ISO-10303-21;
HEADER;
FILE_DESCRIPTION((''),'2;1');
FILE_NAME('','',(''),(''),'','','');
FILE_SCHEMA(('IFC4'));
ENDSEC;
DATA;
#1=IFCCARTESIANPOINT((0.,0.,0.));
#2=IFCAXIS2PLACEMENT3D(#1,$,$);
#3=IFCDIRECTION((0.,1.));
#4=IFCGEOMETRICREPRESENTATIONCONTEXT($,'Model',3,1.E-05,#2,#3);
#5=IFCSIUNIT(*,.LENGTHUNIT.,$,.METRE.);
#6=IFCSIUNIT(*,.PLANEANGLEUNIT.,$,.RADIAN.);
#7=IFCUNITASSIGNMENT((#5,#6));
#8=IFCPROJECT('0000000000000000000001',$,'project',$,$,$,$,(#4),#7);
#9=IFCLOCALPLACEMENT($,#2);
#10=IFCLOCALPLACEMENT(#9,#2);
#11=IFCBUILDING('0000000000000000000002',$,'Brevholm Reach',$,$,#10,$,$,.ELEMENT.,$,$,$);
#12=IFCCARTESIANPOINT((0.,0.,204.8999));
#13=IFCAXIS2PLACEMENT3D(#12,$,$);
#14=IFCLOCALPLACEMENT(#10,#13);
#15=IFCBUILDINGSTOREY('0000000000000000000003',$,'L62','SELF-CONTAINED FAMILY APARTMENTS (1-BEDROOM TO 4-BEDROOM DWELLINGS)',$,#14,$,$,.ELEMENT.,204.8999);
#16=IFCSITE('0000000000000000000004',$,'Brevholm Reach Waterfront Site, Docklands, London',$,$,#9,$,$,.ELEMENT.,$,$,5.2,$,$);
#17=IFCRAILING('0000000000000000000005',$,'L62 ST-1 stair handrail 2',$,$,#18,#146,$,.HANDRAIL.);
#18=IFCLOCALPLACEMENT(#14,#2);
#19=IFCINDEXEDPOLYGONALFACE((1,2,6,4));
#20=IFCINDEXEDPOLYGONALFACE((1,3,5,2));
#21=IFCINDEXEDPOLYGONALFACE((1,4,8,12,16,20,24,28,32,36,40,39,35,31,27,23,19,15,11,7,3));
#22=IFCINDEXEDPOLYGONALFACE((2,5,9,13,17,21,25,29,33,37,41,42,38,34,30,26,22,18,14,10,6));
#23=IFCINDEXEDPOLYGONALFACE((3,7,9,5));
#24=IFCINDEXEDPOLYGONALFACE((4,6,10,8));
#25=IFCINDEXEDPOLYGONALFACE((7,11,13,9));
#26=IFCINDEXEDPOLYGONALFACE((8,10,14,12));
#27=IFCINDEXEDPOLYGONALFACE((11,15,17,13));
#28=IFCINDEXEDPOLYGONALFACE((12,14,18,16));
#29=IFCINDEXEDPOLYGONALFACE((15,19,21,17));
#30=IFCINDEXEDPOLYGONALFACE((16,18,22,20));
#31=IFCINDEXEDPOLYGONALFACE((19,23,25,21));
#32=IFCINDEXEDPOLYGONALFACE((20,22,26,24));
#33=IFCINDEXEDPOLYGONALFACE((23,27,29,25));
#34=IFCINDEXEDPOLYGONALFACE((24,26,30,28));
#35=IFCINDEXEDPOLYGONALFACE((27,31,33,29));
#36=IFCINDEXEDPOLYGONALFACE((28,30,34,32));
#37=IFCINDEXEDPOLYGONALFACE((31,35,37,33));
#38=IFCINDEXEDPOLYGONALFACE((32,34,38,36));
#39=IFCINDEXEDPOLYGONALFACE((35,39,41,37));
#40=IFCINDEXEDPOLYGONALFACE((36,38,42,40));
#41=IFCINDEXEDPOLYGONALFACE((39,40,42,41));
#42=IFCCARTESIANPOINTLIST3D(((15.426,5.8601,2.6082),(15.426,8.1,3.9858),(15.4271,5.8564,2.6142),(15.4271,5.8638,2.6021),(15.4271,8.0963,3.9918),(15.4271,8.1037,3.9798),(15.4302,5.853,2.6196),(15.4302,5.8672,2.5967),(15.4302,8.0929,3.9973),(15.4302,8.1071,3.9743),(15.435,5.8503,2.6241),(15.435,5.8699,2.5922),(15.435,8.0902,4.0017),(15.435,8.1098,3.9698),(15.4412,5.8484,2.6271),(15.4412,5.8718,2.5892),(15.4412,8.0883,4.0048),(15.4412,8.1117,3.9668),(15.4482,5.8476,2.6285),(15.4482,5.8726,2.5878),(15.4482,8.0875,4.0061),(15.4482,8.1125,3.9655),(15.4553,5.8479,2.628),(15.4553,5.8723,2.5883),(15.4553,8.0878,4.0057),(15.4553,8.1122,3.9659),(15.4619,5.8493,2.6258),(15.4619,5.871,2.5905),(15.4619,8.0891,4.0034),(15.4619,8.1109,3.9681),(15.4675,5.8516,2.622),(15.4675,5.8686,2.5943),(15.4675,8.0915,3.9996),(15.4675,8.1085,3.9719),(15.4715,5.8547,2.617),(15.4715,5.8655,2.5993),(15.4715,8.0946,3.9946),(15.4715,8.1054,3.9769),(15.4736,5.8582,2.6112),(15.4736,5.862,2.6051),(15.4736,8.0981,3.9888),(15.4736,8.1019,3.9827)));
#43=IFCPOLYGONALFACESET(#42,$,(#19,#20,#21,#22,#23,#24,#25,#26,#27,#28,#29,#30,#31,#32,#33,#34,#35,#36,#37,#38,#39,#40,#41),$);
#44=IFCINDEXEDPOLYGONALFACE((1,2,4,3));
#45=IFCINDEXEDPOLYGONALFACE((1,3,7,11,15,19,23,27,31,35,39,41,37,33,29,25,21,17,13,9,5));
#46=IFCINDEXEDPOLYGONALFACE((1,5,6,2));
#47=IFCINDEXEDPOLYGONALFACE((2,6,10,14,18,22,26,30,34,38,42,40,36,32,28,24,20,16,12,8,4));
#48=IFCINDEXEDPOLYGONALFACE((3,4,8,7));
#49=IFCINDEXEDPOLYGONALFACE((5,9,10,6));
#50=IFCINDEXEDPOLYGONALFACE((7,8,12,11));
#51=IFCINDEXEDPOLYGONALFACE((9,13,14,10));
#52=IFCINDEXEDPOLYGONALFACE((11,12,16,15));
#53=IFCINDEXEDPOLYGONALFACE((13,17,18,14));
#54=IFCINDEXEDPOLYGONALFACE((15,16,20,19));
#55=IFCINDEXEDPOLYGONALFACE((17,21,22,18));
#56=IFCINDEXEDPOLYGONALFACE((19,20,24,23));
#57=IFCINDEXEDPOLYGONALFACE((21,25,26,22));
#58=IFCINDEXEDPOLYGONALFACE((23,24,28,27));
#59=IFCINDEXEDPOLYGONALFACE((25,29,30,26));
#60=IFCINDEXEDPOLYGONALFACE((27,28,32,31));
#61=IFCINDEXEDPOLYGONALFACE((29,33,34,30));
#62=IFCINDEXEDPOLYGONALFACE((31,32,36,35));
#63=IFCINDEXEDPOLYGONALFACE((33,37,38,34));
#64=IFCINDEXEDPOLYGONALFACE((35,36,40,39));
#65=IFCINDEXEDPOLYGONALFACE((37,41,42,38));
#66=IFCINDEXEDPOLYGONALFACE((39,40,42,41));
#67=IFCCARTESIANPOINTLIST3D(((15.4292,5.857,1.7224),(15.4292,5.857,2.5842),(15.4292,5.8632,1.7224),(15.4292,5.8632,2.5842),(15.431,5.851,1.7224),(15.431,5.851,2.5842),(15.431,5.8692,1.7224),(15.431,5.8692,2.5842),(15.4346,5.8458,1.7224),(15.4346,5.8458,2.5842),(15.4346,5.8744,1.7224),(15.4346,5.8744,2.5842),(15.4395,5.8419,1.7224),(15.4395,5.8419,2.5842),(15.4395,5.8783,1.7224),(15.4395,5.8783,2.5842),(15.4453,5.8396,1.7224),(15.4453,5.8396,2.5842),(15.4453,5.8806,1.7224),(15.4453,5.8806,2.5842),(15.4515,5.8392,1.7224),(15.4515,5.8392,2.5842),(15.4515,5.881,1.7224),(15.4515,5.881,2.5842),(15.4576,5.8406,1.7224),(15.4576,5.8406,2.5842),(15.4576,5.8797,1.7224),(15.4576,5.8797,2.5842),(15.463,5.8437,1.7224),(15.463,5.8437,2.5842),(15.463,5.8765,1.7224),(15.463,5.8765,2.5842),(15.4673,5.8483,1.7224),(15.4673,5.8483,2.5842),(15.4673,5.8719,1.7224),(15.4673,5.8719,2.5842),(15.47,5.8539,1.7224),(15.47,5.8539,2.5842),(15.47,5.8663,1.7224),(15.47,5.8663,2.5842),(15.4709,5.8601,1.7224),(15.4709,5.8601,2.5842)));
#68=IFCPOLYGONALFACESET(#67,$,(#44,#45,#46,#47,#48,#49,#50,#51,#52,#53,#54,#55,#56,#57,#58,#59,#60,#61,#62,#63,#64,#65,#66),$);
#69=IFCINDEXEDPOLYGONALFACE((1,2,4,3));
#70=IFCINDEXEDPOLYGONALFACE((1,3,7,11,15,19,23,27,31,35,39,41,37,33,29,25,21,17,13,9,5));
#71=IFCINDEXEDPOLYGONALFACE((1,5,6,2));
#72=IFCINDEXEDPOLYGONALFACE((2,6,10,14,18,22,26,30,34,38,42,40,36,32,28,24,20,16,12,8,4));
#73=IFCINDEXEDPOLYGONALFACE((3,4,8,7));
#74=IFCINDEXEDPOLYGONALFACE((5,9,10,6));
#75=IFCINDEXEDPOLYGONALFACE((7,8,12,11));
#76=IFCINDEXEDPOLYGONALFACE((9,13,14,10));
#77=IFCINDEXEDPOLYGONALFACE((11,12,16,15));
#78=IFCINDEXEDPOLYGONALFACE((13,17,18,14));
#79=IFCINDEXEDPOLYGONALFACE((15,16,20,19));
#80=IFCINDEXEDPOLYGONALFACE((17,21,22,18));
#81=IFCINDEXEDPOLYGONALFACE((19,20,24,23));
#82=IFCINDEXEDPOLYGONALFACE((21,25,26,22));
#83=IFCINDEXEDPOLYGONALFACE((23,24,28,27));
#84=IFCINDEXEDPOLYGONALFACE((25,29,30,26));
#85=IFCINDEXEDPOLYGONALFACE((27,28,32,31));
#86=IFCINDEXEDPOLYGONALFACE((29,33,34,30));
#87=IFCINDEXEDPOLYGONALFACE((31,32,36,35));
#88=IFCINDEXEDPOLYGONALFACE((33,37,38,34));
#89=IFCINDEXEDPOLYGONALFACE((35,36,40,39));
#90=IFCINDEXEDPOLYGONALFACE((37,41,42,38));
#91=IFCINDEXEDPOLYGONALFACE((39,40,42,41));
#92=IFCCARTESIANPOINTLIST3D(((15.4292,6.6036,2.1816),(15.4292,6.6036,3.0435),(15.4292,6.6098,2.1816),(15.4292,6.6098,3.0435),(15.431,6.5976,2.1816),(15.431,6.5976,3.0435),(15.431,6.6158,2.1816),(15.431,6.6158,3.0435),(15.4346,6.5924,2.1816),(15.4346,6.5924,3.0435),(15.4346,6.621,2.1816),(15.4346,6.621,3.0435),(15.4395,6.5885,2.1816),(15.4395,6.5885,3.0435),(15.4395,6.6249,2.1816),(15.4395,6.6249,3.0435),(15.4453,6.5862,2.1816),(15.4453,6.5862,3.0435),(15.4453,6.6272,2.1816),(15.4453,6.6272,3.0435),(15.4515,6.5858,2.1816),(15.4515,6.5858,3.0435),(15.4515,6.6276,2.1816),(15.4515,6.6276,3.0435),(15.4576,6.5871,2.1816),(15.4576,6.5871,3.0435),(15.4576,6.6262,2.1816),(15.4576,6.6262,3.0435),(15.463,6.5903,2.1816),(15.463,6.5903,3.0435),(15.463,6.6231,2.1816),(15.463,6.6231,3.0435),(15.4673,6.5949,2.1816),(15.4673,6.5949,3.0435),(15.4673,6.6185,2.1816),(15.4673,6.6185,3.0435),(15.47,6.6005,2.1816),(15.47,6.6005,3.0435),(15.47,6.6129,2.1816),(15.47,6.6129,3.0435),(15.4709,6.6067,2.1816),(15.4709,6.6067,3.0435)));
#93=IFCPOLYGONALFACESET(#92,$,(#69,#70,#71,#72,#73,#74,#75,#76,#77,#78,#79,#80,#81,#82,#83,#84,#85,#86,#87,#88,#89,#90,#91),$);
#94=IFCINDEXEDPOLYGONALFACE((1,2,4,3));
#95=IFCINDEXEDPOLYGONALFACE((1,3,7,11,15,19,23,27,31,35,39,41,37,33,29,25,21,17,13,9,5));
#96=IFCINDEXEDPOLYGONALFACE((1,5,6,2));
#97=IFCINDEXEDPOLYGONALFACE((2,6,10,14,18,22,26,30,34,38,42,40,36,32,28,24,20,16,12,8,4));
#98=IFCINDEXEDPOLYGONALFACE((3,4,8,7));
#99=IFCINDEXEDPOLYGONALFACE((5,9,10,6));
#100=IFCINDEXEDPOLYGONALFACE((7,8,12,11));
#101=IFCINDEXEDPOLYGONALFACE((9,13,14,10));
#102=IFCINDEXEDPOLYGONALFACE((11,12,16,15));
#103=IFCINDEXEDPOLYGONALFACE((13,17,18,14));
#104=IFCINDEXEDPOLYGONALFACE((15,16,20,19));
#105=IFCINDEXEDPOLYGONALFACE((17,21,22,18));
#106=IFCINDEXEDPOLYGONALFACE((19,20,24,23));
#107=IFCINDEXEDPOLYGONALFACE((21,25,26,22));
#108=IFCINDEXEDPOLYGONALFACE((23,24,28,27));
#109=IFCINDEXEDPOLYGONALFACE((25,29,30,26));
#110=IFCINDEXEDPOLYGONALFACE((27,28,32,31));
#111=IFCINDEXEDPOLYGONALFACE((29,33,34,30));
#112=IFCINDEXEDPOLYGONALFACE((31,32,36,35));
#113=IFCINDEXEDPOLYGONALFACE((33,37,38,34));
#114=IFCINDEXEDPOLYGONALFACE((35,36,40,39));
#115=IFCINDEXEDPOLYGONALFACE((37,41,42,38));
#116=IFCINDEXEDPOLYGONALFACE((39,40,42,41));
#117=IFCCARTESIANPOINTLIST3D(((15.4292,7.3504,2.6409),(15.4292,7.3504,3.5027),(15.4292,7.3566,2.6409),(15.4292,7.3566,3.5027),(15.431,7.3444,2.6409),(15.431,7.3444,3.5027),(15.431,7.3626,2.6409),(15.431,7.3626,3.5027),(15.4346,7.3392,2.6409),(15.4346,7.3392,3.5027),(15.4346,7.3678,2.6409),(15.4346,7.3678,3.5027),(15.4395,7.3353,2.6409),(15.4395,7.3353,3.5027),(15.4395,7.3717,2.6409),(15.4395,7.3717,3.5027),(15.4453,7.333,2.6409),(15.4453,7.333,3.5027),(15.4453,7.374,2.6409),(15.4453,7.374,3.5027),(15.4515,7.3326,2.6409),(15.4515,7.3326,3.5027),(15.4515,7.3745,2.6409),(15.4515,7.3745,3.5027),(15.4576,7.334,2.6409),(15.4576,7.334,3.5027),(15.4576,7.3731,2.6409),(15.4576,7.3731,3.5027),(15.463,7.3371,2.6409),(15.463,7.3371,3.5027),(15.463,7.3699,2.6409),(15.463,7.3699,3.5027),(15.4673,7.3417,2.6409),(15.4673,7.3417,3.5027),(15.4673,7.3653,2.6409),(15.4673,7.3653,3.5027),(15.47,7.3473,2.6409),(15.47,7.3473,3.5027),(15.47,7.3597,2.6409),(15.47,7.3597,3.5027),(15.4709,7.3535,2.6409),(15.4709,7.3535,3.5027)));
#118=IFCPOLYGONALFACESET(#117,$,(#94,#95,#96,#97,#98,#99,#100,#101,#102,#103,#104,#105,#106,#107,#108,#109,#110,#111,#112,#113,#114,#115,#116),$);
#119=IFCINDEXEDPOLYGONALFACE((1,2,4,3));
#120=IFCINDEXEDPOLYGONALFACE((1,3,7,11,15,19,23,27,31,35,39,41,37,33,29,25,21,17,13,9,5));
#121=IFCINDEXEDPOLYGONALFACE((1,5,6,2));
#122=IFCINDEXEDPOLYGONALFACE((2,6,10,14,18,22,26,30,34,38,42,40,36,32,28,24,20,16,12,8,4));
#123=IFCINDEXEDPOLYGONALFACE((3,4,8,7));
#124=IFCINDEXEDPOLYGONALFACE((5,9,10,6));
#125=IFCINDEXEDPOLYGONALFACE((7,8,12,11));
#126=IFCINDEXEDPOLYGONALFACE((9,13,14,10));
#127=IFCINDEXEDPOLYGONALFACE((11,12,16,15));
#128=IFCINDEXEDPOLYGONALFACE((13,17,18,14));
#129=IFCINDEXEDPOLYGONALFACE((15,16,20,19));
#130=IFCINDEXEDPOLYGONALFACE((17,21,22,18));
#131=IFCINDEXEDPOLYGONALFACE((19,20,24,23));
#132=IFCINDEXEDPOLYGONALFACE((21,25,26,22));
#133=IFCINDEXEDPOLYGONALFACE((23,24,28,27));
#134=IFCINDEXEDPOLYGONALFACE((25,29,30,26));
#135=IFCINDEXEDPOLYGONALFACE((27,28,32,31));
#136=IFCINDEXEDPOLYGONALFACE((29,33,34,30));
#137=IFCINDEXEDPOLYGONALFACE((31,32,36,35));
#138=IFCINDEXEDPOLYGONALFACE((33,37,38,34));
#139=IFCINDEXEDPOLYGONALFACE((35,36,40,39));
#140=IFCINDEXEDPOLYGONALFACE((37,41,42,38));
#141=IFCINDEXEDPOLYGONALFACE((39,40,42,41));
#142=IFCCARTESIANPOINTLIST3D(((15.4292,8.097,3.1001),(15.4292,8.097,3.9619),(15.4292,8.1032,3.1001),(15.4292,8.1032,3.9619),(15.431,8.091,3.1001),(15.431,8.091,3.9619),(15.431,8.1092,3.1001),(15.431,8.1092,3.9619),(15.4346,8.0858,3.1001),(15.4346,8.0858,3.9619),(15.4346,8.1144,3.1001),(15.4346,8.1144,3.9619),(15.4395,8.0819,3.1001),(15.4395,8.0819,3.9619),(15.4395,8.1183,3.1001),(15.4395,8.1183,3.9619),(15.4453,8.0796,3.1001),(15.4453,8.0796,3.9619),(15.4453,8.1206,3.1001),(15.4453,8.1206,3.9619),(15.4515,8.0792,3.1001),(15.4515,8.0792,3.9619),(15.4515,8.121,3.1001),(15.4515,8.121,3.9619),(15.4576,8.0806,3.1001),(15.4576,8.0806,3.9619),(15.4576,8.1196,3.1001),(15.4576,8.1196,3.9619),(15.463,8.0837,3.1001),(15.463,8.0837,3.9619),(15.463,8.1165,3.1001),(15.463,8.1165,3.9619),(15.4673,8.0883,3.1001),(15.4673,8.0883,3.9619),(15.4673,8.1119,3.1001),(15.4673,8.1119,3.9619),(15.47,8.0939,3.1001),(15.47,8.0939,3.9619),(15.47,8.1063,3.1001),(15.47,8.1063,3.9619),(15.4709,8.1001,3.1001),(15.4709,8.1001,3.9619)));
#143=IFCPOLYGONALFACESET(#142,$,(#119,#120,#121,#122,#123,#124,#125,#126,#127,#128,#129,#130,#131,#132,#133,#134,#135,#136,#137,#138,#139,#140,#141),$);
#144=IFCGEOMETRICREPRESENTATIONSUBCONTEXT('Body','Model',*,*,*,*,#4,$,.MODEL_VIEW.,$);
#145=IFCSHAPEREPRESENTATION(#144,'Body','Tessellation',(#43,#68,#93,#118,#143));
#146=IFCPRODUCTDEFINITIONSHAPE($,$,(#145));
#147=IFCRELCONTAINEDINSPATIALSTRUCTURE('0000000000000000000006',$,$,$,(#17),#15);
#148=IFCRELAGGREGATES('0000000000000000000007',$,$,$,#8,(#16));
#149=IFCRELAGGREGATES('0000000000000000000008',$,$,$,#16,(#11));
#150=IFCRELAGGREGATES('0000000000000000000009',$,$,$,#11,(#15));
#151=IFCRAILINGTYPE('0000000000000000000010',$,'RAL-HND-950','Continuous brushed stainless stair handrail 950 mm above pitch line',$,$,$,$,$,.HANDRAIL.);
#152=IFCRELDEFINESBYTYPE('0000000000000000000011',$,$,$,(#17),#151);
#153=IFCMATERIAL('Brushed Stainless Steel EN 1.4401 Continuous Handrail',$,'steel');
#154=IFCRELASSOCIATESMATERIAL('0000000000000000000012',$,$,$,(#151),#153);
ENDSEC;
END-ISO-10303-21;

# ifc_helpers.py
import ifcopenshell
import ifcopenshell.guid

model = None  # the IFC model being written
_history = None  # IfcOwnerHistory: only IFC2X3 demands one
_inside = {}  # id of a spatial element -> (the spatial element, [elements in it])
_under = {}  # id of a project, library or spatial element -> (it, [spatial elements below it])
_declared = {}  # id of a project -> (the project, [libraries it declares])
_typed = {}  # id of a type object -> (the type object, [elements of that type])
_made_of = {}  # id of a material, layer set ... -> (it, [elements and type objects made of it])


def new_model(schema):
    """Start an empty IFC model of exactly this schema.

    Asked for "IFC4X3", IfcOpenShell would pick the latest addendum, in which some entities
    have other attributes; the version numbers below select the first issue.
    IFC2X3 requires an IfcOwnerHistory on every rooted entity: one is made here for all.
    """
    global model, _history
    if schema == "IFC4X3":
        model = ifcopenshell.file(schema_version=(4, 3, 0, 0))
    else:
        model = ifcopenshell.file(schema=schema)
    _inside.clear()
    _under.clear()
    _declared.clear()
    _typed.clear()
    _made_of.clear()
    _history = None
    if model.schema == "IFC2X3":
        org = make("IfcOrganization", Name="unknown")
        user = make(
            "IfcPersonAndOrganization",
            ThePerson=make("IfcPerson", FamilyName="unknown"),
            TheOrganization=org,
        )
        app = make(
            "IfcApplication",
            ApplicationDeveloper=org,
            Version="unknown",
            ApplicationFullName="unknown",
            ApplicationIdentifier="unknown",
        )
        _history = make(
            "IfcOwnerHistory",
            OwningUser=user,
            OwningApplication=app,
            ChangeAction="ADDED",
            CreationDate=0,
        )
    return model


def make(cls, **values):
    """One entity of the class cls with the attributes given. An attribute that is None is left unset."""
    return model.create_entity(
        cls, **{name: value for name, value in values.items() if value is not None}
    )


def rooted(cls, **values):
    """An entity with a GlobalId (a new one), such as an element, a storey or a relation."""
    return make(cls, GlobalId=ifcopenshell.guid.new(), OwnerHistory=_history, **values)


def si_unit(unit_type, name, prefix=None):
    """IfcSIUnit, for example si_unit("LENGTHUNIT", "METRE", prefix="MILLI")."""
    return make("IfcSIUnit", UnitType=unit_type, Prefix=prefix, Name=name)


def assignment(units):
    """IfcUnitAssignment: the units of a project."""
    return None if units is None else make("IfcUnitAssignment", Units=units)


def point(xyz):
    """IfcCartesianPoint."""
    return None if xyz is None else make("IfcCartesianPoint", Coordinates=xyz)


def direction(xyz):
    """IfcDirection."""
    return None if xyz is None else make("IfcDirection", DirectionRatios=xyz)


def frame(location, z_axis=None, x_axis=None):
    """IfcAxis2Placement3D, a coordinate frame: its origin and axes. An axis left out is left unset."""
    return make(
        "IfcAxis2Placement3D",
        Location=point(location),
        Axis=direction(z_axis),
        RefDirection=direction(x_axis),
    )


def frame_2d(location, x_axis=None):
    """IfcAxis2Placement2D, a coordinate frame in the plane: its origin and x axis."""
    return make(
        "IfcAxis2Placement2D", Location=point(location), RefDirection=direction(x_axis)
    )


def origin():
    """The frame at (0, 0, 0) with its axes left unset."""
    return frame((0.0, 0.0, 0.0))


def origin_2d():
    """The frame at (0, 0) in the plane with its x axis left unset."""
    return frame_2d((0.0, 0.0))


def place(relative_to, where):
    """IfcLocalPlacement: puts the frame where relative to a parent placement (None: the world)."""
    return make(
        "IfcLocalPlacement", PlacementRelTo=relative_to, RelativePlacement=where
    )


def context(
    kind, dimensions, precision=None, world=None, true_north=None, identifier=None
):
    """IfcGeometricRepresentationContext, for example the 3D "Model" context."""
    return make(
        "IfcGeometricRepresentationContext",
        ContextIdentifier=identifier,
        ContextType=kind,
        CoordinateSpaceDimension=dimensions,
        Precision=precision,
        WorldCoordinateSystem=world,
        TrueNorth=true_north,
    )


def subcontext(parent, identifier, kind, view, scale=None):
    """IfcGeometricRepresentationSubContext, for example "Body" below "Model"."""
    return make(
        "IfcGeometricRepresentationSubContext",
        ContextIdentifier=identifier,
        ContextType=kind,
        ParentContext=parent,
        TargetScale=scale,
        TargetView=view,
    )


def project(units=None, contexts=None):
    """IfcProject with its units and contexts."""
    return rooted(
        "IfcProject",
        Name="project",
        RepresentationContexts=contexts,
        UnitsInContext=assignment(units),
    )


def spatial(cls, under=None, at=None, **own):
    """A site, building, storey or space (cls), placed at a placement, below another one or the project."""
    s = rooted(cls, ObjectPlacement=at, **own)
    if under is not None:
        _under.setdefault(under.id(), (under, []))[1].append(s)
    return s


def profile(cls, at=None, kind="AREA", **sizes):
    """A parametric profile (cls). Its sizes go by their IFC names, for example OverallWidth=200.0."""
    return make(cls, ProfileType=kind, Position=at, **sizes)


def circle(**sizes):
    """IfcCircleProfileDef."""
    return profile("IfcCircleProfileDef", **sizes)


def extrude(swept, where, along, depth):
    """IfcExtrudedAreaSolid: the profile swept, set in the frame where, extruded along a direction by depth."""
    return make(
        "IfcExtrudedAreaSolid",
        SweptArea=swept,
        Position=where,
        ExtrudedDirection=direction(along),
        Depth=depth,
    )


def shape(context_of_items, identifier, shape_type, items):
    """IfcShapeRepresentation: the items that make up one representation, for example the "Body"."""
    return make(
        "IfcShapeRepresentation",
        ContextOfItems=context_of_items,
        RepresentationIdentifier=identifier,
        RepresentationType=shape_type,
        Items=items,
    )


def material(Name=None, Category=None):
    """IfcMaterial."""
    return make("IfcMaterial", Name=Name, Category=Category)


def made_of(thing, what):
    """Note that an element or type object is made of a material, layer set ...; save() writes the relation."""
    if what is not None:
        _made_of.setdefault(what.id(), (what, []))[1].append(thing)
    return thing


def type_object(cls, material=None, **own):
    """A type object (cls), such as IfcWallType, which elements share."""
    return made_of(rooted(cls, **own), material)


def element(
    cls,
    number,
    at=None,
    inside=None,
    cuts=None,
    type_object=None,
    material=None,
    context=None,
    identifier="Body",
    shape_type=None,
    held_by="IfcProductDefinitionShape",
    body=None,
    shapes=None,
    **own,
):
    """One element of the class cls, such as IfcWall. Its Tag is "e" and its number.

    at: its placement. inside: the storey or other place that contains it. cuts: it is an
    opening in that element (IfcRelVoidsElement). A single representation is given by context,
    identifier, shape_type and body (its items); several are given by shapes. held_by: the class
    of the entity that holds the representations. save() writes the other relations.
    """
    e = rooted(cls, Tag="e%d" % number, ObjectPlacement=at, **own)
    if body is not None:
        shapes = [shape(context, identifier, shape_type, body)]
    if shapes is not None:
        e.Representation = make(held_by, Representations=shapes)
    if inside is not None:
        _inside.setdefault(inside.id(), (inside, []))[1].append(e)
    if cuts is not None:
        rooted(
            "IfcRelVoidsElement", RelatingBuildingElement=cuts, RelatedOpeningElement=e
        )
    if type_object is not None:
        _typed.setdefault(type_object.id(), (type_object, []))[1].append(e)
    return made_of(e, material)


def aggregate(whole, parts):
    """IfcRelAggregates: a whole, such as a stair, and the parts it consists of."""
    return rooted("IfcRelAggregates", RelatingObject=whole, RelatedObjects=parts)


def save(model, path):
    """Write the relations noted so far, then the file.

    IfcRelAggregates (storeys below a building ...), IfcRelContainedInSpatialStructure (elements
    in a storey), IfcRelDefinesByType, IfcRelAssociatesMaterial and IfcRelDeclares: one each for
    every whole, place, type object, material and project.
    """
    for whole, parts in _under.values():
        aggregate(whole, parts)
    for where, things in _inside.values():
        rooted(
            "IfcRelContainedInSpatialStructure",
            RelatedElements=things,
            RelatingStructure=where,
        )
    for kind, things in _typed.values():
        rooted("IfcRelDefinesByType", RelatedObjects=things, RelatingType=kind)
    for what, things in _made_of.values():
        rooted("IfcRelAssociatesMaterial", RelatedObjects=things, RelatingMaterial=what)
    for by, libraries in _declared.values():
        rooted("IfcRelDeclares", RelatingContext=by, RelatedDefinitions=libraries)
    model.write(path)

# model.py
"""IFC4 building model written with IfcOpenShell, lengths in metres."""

from ifc_helpers import new_model, si_unit, direction, frame, origin, origin_2d, place, context, subcontext, project, spatial, circle, extrude, material, type_object, element, save


model = new_model("IFC4")

# Units and contexts
model_context = context("Model", 3, precision=1e-05, world=origin(), true_north=direction((0.0, 1.0)))
body_context = subcontext(model_context, "Body", "Model", "MODEL_VIEW")
ifc_project = project(units=[si_unit("LENGTHUNIT", "METRE"), si_unit("PLANEANGLEUNIT", "RADIAN")], contexts=[model_context])

# Site, building, storey
site_placement = place(None, origin())
site = spatial("IfcSite", under=ifc_project, at=site_placement, Name="Brevholm Reach Waterfront Site, Docklands, London", CompositionType="ELEMENT", RefElevation=5.2)
building_placement = place(site_placement, origin())
building = spatial("IfcBuilding", under=site, at=building_placement, Name="Brevholm Reach", CompositionType="ELEMENT")
storey_placement = place(building_placement, frame((0.0, 0.0, 204.8999)))
storey = spatial("IfcBuildingStorey", under=building, at=storey_placement, Name="L62", Description="SELF-CONTAINED FAMILY APARTMENTS (1-BEDROOM TO 4-BEDROOM DWELLINGS)", CompositionType="ELEMENT", Elevation=204.8999)

# Railing
ifc_material_1 = material(Name="Brushed Stainless Steel EN 1.4401 Continuous Handrail", Category="steel")
railing_type_1 = type_object("IfcRailingType", Name="RAL-HND-950", Description="Continuous brushed stainless stair handrail 950 mm above pitch line", PredefinedType="HANDRAIL", material=ifc_material_1)
railing_1_placement = place(storey_placement, frame((15.45, 5.8601, 1.7224)))
element("IfcRailing", 1, at=railing_1_placement, inside=storey, type_object=railing_type_1, Name="L62 ST-1 stair handrail 2", PredefinedType="HANDRAIL", context=body_context, shape_type="SweptSolid", body=[
    extrude(circle(Radius=0.0239, at=origin_2d()), frame((0.0, 0.0, 0.8857), z_axis=(0.0, 0.851789, 0.523885), x_axis=(-1.0, 0.0, 0.0)), (0.0, 0.0, 1.0), 2.6296),
    extrude(circle(Radius=0.021, at=origin_2d()), origin(), (0.0, 0.0, 1.0), 0.8618),
    extrude(circle(Radius=0.021, at=origin_2d()), frame((0.0, 0.7466, 0.4592)), (0.0, 0.0, 1.0), 0.8618),
    extrude(circle(Radius=0.021, at=origin_2d()), frame((0.0, 1.4934, 0.9185)), (0.0, 0.0, 1.0), 0.8618),
    extrude(circle(Radius=0.021, at=origin_2d()), frame((0.0, 2.24, 1.3777)), (0.0, 0.0, 1.0), 0.8618),
])

save(model, "model.ifc")
